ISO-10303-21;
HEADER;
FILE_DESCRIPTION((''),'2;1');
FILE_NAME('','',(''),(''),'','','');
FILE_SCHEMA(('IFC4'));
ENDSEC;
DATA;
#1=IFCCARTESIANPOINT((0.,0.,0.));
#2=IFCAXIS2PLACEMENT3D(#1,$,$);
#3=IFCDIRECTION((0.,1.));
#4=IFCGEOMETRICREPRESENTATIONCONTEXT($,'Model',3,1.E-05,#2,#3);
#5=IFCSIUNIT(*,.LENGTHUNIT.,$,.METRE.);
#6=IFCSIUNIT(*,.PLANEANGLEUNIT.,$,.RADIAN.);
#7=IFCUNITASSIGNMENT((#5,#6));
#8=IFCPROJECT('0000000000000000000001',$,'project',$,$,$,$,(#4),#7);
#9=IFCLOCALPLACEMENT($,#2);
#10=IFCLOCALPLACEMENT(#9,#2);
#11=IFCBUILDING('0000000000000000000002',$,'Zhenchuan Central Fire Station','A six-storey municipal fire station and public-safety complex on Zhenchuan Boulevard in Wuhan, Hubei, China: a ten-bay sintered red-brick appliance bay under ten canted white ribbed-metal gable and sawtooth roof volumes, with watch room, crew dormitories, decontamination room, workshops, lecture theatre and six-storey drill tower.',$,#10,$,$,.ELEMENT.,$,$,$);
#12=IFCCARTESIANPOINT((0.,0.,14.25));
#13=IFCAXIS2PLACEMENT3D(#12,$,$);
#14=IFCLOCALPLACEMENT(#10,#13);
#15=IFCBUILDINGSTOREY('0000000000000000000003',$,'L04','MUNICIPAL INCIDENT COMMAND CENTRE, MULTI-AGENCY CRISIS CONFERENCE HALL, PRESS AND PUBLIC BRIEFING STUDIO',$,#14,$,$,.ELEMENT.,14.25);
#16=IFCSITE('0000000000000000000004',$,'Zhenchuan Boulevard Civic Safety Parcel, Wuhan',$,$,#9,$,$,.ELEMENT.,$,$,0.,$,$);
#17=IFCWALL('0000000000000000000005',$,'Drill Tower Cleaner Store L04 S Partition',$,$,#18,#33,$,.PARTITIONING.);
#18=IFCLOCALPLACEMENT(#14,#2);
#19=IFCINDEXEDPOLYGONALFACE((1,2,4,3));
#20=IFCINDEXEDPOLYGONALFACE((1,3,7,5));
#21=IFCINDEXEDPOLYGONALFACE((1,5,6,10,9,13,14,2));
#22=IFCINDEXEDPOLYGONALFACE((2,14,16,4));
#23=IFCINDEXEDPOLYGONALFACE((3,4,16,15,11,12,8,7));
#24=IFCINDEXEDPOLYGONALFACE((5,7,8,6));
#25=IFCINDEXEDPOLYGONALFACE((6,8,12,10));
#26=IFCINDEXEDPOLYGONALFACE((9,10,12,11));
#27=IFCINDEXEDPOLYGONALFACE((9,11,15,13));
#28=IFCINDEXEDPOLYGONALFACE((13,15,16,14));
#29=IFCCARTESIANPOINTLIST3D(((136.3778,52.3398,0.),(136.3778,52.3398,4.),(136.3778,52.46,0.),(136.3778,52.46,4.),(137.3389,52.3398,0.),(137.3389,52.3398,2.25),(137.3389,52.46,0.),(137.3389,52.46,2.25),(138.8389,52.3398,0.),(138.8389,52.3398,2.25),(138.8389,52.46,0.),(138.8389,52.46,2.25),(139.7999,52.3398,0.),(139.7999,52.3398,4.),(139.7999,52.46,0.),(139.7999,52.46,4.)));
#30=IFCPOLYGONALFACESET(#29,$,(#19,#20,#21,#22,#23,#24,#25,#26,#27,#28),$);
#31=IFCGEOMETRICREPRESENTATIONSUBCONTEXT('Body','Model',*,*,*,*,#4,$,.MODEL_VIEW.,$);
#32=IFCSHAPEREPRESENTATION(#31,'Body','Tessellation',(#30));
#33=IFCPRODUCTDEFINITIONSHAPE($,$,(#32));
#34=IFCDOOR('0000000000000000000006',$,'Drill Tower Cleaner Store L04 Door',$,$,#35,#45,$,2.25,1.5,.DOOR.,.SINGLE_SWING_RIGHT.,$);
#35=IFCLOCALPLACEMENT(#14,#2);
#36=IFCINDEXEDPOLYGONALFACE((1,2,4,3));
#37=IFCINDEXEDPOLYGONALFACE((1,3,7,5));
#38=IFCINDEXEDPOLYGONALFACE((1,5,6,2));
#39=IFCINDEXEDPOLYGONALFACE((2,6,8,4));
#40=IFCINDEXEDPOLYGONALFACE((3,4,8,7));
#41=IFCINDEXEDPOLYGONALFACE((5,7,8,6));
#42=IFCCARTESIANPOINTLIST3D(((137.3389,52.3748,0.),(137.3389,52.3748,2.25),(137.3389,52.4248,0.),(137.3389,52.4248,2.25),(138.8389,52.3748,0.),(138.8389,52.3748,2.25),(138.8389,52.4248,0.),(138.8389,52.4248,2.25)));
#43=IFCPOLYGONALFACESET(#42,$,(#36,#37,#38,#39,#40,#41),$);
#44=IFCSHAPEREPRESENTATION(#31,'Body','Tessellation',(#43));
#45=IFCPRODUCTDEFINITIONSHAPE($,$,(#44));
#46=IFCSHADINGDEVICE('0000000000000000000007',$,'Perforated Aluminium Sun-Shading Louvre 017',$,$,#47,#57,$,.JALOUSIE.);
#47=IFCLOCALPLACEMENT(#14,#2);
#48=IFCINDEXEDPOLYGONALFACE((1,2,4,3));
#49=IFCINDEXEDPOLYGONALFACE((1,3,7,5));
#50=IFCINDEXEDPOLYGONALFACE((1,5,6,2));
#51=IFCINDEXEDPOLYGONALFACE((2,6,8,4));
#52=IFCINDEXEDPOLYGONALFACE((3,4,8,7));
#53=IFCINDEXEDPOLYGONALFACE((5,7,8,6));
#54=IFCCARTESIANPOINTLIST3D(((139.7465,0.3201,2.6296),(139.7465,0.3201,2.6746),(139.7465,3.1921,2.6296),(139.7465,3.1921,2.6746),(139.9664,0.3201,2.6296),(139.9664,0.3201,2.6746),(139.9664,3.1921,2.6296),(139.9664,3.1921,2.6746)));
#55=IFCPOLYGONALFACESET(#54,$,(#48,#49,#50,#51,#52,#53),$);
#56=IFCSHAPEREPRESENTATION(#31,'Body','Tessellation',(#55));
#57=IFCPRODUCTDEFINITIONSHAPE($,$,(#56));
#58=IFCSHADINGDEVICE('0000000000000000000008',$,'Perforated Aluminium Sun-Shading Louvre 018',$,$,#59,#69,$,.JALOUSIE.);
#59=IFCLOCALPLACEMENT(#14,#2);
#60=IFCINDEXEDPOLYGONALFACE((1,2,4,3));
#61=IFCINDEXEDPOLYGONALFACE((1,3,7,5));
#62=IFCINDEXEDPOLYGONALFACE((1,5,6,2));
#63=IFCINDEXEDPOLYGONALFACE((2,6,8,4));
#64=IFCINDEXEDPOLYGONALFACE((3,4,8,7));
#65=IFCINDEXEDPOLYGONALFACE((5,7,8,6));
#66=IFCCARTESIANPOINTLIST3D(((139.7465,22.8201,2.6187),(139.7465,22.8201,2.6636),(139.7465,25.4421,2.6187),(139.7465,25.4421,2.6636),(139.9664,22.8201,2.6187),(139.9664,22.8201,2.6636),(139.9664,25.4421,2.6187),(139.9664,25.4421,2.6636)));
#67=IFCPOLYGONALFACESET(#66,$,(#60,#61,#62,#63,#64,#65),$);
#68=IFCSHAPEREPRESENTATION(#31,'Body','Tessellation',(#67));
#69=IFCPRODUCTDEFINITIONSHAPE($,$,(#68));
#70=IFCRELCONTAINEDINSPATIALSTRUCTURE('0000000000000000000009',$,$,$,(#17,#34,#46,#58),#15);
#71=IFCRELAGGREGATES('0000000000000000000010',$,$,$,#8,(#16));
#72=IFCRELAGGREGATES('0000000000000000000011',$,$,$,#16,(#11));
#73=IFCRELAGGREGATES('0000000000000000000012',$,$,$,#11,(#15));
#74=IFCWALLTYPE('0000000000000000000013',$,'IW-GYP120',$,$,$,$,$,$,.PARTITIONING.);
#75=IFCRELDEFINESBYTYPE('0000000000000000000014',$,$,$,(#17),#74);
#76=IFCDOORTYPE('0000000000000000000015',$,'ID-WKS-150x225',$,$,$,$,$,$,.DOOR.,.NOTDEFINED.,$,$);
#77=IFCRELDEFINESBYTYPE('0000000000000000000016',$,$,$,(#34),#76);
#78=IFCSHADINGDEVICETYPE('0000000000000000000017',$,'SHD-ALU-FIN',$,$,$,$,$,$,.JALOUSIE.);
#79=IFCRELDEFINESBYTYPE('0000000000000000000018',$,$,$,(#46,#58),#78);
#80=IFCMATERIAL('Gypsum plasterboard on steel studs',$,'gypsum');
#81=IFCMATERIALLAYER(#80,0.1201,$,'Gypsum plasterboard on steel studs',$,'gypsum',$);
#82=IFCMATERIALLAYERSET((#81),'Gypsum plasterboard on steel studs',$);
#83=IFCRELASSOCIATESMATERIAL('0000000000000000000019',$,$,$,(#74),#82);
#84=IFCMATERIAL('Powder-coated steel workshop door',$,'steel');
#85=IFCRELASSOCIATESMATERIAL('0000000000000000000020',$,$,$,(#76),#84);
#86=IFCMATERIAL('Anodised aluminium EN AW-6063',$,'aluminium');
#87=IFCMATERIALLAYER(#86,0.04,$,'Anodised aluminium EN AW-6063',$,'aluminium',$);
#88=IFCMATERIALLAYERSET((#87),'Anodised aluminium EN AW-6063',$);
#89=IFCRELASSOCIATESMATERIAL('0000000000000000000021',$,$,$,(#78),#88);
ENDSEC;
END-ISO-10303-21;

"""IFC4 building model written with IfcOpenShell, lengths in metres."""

from ifc_helpers import new_model, si_unit, direction, frame, frame_2d, origin, origin_2d, place, context, subcontext, project, spatial, rectangle, extrude, material, layer, layer_set, type_object, element, fill, save


model = new_model("IFC4")

# Units and contexts
model_context = context("Model", 3, precision=1e-05, world=origin(), true_north=direction((0.0, 1.0)))
body_context = subcontext(model_context, "Body", "Model", "MODEL_VIEW")
ifc_project = project(units=[si_unit("LENGTHUNIT", "METRE"), si_unit("PLANEANGLEUNIT", "RADIAN")], contexts=[model_context])

# Site, building, storey
site_placement = place(None, origin())
site = spatial("IfcSite", under=ifc_project, at=site_placement, Name="Zhenchuan Boulevard Civic Safety Parcel, Wuhan", CompositionType="ELEMENT", RefElevation=0.0)
building_placement = place(site_placement, origin())
building = spatial("IfcBuilding", under=site, at=building_placement, Name="Zhenchuan Central Fire Station", Description="A six-storey municipal fire station and public-safety complex on Zhenchuan Boulevard in Wuhan, Hubei, China: a ten-bay sintered red-brick appliance bay under ten canted white ribbed-metal gable and sawtooth roof volumes, with watch room, crew dormitories, decontamination room, workshops, lecture theatre and six-storey drill tower.", CompositionType="ELEMENT")
storey_placement = place(building_placement, frame((0.0, 0.0, 14.25)))
storey = spatial("IfcBuildingStorey", under=building, at=storey_placement, Name="L04", Description="MUNICIPAL INCIDENT COMMAND CENTRE, MULTI-AGENCY CRISIS CONFERENCE HALL, PRESS AND PUBLIC BRIEFING STUDIO", CompositionType="ELEMENT", Elevation=14.25)

# Shared definitions
ifc_material_1 = material(Name="Gypsum plasterboard on steel studs", Category="gypsum")

# Wall, opening, door
ifc_layer_1 = layer(ifc_material_1, 0.1201, Name="Gypsum plasterboard on steel studs", Category="gypsum")
ifc_layer_set_1 = layer_set([ifc_layer_1], Name="Gypsum plasterboard on steel studs")
wall_type_1 = type_object("IfcWallType", Name="IW-GYP120", PredefinedType="PARTITIONING", material=ifc_layer_set_1)
wall_1_placement = place(storey_placement, frame((136.3779, 52.3999, 0.0), z_axis=(0.0, 0.0, 1.0), x_axis=(1.0, 0.0, 0.0)))
wall_1 = element("IfcWall", 1, at=wall_1_placement, inside=storey, type_object=wall_type_1, Name="Drill Tower Cleaner Store L04 S Partition", PredefinedType="PARTITIONING", context=body_context, shape_type="SweptSolid", body=[
    extrude(rectangle(XDim=3.4221, YDim=0.1201, at=frame_2d((1.7109, 0.0))), origin(), (0.0, 0.0, 1.0), 4.0),
])
opening_1_placement = place(wall_1_placement, frame((0.9609, 0.0, 0.0)))
opening_1 = element("IfcOpeningElement", 2, at=opening_1_placement, cuts=wall_1, PredefinedType="OPENING", context=body_context, shape_type="SweptSolid", body=[
    extrude(rectangle(XDim=1.5, YDim=2.25, at=frame_2d((0.75, 1.125))), frame((0.0, 0.0701, 0.0), z_axis=(0.0, -1.0, 0.0), x_axis=(1.0, 0.0, 0.0)), (0.0, 0.0, 1.0), 0.1401),
])
ifc_material_2 = material(Name="Powder-coated steel workshop door", Category="steel")
door_type_1 = type_object("IfcDoorType", Name="ID-WKS-150x225", OperationType="NOTDEFINED", PredefinedType="DOOR", material=ifc_material_2)
door_1_placement = place(opening_1_placement, origin())
door_1 = element("IfcDoor", 3, at=door_1_placement, inside=storey, type_object=door_type_1, Name="Drill Tower Cleaner Store L04 Door", OperationType="SINGLE_SWING_RIGHT", OverallHeight=2.25, OverallWidth=1.5, PredefinedType="DOOR", context=body_context, shape_type="SweptSolid", body=[
    extrude(rectangle(XDim=1.5, YDim=2.25, at=frame_2d((0.75, 1.125))), frame((0.0, 0.0249, 0.0), z_axis=(0.0, -1.0, 0.0), x_axis=(1.0, 0.0, 0.0)), (0.0, 0.0, 1.0), 0.05),
])
fill(opening_1, door_1)

# Shading devices
ifc_material_3 = material(Name="Anodised aluminium EN AW-6063", Category="aluminium")
ifc_layer_2 = layer(ifc_material_3, 0.04, Name="Anodised aluminium EN AW-6063", Category="aluminium")
ifc_layer_set_2 = layer_set([ifc_layer_2], Name="Anodised aluminium EN AW-6063")
shading_device_type = type_object("IfcShadingDeviceType", Name="SHD-ALU-FIN", PredefinedType="JALOUSIE", material=ifc_layer_set_2)
shading_device_1_placement = place(storey_placement, frame((139.8564, 1.7561, 2.6296), z_axis=(0.0, 0.0, 1.0), x_axis=(0.0, 1.0, 0.0)))
element("IfcShadingDevice", 4, at=shading_device_1_placement, inside=storey, type_object=shading_device_type, Name="Perforated Aluminium Sun-Shading Louvre 017", PredefinedType="JALOUSIE", context=body_context, shape_type="SweptSolid", body=[
    extrude(rectangle(XDim=2.8721, YDim=0.22, at=origin_2d()), origin(), (0.0, 0.0, 1.0), 0.0449),
])
shading_device_2_placement = place(storey_placement, frame((139.8564, 24.1311, 2.6187), z_axis=(0.0, 0.0, 1.0), x_axis=(0.0, 1.0, 0.0)))
element("IfcShadingDevice", 5, at=shading_device_2_placement, inside=storey, type_object=shading_device_type, Name="Perforated Aluminium Sun-Shading Louvre 018", PredefinedType="JALOUSIE", context=body_context, shape_type="SweptSolid", body=[
    extrude(rectangle(XDim=2.6221, YDim=0.22, at=origin_2d()), origin(), (0.0, 0.0, 1.0), 0.0449),
])

save(model, "model.ifc")
